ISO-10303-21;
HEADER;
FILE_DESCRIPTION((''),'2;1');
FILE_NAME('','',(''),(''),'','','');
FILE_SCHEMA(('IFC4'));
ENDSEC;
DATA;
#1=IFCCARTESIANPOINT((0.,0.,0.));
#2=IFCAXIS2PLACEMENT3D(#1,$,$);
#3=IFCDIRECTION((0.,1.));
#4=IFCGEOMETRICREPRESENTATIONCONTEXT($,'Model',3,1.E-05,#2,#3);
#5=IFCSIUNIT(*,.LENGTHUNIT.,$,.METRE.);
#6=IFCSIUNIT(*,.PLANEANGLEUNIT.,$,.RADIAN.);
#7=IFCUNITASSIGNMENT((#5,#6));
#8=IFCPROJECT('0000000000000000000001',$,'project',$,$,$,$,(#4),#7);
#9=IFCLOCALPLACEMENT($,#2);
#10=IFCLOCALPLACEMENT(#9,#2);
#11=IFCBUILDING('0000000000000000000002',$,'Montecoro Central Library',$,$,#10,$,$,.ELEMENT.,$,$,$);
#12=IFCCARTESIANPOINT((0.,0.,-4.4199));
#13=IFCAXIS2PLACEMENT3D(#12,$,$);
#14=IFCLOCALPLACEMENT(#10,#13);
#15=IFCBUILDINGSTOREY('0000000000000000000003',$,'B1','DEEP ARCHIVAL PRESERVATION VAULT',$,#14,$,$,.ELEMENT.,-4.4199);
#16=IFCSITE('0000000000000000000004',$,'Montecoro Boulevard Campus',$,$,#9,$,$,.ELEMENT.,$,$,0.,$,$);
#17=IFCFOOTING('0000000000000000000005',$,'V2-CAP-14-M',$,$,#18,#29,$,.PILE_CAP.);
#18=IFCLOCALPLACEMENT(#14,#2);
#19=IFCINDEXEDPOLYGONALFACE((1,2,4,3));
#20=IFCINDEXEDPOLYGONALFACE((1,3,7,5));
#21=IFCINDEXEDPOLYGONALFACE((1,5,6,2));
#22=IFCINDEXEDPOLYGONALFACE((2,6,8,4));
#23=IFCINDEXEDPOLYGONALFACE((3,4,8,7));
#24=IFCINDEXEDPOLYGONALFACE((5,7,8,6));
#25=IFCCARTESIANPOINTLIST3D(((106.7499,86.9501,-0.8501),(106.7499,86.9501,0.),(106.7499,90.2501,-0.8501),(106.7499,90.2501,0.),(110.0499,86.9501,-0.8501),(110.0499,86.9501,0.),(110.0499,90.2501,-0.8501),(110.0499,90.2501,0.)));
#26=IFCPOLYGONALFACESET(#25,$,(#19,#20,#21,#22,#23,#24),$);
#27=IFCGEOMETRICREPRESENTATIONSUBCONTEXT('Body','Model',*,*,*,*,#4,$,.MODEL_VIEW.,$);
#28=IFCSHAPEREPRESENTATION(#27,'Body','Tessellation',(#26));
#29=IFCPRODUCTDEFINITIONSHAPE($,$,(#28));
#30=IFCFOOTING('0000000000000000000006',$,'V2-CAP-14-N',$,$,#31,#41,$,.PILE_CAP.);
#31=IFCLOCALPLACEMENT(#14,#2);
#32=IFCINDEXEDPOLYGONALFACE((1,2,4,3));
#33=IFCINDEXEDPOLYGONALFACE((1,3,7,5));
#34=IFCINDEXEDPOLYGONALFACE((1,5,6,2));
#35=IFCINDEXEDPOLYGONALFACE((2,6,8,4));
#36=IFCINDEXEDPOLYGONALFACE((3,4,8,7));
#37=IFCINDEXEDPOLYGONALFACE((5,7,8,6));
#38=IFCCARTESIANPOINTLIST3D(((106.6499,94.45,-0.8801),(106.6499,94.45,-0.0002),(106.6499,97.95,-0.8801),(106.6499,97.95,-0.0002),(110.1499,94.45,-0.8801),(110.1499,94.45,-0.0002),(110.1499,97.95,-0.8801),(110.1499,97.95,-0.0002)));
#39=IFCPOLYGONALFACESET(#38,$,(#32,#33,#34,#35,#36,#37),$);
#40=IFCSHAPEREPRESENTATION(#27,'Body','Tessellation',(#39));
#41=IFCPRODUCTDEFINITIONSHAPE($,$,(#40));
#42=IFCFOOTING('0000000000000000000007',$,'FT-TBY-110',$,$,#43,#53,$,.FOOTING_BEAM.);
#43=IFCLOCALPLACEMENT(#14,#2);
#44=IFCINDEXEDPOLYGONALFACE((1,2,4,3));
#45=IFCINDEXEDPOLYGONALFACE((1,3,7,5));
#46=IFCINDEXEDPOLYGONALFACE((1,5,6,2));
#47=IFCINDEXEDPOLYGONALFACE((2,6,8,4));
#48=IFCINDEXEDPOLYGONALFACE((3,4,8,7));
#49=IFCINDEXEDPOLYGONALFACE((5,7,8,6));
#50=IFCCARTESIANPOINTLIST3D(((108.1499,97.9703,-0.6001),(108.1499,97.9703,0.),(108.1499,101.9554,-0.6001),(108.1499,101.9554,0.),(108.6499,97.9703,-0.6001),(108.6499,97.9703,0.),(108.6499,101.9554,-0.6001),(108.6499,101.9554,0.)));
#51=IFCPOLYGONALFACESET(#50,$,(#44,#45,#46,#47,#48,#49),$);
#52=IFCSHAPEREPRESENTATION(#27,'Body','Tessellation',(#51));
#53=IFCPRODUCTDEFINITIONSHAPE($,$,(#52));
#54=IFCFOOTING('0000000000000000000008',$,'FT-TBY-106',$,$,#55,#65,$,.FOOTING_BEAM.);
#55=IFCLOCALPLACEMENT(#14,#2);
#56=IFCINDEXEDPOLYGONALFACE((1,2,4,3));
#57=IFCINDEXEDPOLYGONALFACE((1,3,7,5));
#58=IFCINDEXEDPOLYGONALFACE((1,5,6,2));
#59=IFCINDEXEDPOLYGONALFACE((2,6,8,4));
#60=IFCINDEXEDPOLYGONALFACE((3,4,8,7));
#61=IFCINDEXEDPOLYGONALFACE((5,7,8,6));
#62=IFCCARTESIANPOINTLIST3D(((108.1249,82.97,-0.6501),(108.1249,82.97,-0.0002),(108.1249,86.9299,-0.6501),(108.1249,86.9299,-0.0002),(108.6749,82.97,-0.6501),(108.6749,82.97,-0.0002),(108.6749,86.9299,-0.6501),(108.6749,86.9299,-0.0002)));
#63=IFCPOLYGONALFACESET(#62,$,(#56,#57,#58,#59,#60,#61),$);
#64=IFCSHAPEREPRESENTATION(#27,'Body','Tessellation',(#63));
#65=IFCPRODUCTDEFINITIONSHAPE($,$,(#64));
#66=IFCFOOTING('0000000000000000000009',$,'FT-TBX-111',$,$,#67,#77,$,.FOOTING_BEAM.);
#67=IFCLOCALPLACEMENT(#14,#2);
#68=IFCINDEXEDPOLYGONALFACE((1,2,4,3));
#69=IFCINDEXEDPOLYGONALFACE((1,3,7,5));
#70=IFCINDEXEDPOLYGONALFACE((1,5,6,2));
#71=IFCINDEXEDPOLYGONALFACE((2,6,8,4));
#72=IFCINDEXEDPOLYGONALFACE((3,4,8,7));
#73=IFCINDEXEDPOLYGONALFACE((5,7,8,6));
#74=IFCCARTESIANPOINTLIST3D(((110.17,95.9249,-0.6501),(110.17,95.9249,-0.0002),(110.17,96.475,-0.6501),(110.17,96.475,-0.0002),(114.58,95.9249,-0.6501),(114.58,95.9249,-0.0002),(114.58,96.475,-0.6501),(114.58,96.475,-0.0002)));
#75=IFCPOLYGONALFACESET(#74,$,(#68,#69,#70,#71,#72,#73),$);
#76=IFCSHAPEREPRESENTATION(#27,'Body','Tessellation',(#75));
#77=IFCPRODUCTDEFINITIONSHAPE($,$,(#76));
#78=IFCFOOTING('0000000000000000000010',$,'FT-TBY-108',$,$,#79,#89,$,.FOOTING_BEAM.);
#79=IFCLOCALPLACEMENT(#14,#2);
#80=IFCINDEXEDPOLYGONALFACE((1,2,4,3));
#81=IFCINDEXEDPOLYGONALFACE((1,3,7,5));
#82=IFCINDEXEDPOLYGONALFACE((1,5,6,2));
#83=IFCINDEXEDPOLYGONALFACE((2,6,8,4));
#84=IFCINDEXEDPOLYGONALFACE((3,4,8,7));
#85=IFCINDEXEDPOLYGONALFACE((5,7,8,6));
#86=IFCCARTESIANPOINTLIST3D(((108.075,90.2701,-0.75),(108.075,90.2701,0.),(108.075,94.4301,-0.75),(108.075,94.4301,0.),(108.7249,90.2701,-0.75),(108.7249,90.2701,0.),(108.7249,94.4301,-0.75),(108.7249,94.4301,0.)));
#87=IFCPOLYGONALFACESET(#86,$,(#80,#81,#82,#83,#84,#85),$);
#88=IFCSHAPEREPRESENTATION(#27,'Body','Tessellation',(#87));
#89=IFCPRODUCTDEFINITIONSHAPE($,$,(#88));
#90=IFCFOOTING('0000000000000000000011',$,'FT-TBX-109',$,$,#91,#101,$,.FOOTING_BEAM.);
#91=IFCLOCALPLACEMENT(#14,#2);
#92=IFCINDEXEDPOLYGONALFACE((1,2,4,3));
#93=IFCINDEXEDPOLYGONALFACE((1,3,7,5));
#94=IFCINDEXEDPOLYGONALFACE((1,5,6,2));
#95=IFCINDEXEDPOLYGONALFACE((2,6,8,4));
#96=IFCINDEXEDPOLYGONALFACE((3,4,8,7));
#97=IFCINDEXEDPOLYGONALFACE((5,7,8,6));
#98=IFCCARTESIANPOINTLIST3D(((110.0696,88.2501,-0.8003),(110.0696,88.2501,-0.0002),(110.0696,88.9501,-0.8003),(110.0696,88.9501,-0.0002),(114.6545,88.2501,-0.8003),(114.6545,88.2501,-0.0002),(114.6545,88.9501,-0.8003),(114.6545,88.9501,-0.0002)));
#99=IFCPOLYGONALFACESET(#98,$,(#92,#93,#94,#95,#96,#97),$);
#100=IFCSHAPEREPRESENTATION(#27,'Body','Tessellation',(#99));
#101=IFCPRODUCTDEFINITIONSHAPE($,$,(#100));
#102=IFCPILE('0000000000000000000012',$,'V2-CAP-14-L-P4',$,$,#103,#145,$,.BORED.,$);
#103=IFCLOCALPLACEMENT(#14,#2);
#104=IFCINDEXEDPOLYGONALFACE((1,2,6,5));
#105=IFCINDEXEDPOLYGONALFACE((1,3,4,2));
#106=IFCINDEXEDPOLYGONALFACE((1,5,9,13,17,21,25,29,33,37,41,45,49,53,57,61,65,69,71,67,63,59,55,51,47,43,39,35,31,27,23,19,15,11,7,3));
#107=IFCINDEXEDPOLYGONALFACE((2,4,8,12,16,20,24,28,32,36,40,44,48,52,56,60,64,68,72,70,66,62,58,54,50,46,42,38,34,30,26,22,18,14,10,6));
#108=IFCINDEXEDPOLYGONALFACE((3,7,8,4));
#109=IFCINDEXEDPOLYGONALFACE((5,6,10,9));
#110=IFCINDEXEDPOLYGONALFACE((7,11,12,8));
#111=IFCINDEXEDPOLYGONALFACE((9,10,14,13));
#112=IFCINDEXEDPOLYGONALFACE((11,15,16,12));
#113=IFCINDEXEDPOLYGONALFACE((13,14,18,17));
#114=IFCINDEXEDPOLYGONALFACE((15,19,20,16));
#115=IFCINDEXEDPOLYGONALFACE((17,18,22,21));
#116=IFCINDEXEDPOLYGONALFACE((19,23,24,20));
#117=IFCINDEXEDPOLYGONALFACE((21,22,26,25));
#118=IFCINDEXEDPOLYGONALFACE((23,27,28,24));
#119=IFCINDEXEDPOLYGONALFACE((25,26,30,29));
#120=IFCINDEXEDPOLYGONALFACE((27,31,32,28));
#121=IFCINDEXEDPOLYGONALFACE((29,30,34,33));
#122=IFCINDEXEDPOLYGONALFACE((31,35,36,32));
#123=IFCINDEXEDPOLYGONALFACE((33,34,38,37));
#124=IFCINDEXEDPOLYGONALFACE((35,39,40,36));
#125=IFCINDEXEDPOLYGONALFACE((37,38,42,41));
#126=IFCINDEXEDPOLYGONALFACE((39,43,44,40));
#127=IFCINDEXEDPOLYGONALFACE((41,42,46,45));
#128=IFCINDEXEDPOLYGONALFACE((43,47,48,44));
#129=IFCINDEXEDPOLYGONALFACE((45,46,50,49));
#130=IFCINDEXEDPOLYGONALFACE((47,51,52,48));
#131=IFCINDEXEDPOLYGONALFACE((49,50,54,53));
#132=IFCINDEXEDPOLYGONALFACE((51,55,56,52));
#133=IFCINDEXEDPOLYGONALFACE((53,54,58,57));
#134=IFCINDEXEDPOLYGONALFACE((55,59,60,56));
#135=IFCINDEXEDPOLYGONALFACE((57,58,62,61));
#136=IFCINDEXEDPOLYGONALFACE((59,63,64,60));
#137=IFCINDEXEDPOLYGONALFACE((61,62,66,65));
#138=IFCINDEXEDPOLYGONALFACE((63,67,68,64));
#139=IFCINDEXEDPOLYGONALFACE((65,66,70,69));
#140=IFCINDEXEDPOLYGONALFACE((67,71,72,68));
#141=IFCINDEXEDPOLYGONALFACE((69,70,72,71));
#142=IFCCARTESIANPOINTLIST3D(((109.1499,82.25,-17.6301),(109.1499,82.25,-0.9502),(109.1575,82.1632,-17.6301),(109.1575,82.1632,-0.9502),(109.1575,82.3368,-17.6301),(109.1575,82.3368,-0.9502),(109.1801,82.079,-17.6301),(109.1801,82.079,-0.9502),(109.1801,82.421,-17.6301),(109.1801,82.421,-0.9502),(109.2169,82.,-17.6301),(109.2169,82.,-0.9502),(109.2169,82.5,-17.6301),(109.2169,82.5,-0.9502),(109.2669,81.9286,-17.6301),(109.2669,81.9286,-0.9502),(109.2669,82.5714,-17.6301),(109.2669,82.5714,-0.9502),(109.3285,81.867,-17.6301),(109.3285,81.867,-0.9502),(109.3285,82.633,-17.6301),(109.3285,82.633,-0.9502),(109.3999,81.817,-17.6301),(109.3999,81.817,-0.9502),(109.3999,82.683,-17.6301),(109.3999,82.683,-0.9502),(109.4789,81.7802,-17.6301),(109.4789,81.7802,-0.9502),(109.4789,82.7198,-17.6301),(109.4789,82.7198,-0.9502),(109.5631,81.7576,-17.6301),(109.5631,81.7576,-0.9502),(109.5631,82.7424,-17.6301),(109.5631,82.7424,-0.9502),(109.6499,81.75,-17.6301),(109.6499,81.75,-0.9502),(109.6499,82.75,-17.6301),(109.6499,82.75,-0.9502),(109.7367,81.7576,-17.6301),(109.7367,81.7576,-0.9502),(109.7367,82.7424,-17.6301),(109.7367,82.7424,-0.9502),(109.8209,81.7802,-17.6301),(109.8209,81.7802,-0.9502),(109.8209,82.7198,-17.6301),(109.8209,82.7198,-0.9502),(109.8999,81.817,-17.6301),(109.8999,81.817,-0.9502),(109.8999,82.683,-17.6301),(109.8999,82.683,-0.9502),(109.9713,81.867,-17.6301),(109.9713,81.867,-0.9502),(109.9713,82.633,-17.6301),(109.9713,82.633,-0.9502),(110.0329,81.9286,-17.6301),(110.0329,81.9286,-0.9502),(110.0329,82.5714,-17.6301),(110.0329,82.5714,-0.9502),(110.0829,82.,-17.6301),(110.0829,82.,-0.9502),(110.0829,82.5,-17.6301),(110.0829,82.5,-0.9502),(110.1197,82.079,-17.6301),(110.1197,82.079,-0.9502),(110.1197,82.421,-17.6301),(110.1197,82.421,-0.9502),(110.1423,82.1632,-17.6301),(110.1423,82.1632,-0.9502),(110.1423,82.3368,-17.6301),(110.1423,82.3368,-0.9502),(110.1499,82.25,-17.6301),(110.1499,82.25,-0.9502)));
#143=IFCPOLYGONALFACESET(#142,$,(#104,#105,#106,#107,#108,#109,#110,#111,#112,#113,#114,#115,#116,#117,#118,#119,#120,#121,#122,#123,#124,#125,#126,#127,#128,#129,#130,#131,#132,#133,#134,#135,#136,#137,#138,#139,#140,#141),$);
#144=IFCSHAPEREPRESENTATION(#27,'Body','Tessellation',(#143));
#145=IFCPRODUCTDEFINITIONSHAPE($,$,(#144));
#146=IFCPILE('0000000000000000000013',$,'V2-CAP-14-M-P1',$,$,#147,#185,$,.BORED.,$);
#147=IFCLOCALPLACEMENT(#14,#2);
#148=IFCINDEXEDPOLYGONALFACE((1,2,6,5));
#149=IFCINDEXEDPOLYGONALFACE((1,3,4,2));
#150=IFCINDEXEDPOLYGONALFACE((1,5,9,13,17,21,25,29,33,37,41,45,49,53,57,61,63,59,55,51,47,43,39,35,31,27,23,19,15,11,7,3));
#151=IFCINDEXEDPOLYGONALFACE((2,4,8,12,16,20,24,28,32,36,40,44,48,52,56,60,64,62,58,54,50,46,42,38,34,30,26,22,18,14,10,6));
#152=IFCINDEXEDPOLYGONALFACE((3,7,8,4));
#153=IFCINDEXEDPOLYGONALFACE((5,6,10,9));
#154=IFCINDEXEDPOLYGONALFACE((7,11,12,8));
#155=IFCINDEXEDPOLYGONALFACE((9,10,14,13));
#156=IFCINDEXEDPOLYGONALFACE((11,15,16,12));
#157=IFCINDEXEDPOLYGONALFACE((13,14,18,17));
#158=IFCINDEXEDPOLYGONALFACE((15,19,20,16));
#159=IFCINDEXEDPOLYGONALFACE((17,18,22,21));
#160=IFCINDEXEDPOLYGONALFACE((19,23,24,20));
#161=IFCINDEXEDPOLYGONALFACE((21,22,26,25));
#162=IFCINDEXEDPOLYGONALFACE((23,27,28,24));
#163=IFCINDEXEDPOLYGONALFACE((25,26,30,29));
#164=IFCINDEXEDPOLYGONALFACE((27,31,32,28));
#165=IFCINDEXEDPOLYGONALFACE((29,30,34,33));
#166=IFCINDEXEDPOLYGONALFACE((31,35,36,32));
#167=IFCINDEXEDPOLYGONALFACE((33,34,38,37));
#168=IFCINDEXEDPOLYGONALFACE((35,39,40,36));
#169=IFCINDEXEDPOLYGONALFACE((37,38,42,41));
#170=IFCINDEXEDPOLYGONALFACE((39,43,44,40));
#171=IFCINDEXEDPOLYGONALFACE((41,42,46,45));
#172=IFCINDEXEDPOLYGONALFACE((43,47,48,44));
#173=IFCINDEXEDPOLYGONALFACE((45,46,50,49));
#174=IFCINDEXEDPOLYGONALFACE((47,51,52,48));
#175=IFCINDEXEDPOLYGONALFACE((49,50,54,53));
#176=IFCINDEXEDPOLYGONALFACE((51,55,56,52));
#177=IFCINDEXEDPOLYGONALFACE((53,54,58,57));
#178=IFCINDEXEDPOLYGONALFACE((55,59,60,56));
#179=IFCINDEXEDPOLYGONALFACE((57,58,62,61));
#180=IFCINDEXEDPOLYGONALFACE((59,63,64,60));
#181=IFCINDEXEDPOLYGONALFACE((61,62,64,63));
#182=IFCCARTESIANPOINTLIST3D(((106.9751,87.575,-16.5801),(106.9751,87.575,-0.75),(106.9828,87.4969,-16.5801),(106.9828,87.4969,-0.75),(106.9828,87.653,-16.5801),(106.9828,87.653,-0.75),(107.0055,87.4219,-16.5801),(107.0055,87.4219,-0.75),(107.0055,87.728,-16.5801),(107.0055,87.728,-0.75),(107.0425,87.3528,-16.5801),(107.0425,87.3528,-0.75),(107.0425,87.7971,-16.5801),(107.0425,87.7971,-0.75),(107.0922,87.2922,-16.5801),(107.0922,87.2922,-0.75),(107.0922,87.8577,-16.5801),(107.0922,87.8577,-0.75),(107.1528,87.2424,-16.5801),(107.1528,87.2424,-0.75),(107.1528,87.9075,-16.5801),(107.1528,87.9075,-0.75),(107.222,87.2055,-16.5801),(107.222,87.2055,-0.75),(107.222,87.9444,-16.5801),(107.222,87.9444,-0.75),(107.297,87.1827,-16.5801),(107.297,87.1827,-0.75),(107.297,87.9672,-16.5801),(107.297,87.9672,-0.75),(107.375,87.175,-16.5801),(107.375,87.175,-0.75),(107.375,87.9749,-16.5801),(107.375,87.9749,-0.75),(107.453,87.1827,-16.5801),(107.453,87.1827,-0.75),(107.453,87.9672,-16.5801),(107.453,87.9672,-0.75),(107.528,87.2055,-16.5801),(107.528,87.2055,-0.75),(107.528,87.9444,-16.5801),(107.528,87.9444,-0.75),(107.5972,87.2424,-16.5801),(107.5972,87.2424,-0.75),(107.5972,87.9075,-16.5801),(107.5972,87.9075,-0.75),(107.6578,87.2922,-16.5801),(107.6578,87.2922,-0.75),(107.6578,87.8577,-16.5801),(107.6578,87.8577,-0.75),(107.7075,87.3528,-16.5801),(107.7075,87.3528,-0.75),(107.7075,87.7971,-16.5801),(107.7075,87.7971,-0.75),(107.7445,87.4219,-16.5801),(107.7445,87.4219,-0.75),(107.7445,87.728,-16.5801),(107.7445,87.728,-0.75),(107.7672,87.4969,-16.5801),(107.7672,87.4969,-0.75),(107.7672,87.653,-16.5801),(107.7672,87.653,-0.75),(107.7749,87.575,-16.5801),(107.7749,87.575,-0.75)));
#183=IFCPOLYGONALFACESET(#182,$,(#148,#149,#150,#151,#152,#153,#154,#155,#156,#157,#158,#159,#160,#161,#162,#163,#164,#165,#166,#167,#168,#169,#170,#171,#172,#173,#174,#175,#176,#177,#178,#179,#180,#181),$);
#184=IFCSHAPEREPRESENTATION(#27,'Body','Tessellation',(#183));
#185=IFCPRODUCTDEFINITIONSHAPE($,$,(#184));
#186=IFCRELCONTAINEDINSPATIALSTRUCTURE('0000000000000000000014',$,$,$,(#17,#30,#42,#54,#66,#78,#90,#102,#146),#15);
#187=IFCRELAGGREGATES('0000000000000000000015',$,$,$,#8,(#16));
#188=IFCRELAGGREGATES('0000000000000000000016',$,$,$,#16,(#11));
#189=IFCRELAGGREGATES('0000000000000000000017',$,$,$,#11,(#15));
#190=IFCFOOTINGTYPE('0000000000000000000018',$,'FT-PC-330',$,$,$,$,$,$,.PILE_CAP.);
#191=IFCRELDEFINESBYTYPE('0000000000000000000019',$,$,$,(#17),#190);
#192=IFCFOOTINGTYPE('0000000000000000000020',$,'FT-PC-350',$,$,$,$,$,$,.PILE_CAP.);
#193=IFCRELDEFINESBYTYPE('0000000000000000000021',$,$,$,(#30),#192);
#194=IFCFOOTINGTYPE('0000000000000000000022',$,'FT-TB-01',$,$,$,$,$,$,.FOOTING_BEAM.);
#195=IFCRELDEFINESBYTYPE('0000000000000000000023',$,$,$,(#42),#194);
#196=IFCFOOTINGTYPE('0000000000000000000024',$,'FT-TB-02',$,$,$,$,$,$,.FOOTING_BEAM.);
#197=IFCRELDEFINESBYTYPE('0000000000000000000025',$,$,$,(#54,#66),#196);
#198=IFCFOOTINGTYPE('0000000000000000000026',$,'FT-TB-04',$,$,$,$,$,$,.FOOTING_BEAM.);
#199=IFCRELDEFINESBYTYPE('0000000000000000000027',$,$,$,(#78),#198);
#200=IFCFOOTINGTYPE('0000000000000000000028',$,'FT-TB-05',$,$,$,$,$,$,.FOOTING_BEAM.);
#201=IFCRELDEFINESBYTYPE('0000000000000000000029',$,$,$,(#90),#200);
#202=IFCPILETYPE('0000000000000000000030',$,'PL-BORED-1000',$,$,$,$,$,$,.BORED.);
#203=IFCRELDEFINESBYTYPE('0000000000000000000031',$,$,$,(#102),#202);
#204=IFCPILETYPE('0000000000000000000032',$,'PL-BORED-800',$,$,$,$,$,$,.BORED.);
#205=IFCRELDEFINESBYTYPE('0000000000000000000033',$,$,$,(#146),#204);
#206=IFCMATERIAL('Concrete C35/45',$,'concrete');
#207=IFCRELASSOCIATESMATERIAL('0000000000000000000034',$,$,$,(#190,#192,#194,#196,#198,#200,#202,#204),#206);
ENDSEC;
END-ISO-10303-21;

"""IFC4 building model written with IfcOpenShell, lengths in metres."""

from ifc_helpers import new_model, si_unit, direction, frame, origin, origin_2d, place, context, subcontext, project, spatial, rectangle, circle, extrude, material, material_profile, profile_set, type_object, element, save


model = new_model("IFC4")

# Units and contexts
model_context = context("Model", 3, precision=1e-05, world=origin(), true_north=direction((0.0, 1.0)))
body_context = subcontext(model_context, "Body", "Model", "MODEL_VIEW")
ifc_project = project(units=[si_unit("LENGTHUNIT", "METRE"), si_unit("PLANEANGLEUNIT", "RADIAN")], contexts=[model_context])

# Site, building, storey
site_placement = place(None, origin())
site = spatial("IfcSite", under=ifc_project, at=site_placement, Name="Montecoro Boulevard Campus", CompositionType="ELEMENT", RefElevation=0.0)
building_placement = place(site_placement, origin())
building = spatial("IfcBuilding", under=site, at=building_placement, Name="Montecoro Central Library", CompositionType="ELEMENT")
storey_placement = place(building_placement, frame((0.0, 0.0, -4.4199)))
storey = spatial("IfcBuildingStorey", under=building, at=storey_placement, Name="B1", Description="DEEP ARCHIVAL PRESERVATION VAULT", CompositionType="ELEMENT", Elevation=-4.4199)

# Footings
ifc_material_1 = material(Name="Concrete C35/45", Category="concrete")
footing_type_1 = type_object("IfcFootingType", Name="FT-PC-330", PredefinedType="PILE_CAP", material=ifc_material_1)
footing_1_placement = place(storey_placement, frame((108.3999, 88.6001, -0.8501), z_axis=(0.0, 0.0, 1.0), x_axis=(1.0, 0.0, 0.0)))
element("IfcFooting", 1, at=footing_1_placement, inside=storey, type_object=footing_type_1, Name="V2-CAP-14-M", PredefinedType="PILE_CAP", context=body_context, shape_type="SweptSolid", body=[
    extrude(rectangle(XDim=3.3, YDim=3.3, at=origin_2d()), origin(), (0.0, 0.0, 1.0), 0.8501),
])
footing_type_2 = type_object("IfcFootingType", Name="FT-PC-350", PredefinedType="PILE_CAP", material=ifc_material_1)
footing_2_placement = place(storey_placement, frame((108.3999, 96.2, -0.8801), z_axis=(0.0, 0.0, 1.0), x_axis=(1.0, 0.0, 0.0)))
element("IfcFooting", 2, at=footing_2_placement, inside=storey, type_object=footing_type_2, Name="V2-CAP-14-N", PredefinedType="PILE_CAP", context=body_context, shape_type="SweptSolid", body=[
    extrude(rectangle(XDim=3.5, YDim=3.5, at=origin_2d()), origin(), (0.0, 0.0, 1.0), 0.8799),
])
footing_type_3 = type_object("IfcFootingType", Name="FT-TB-01", PredefinedType="FOOTING_BEAM", material=ifc_material_1)
footing_3_placement = place(storey_placement, frame((108.3999, 99.9629, -0.6001), z_axis=(0.0, 0.0, 1.0), x_axis=(1.0, 0.0, 0.0)))
element("IfcFooting", 3, at=footing_3_placement, inside=storey, type_object=footing_type_3, Name="FT-TBY-110", PredefinedType="FOOTING_BEAM", context=body_context, shape_type="SweptSolid", body=[
    extrude(rectangle(XDim=0.5, YDim=3.9851, at=origin_2d()), origin(), (0.0, 0.0, 1.0), 0.6001),
])
footing_type_4 = type_object("IfcFootingType", Name="FT-TB-02", PredefinedType="FOOTING_BEAM", material=ifc_material_1)
footing_4_placement = place(storey_placement, frame((108.3999, 84.95, -0.6501), z_axis=(0.0, 0.0, 1.0), x_axis=(1.0, 0.0, 0.0)))
element("IfcFooting", 4, at=footing_4_placement, inside=storey, type_object=footing_type_4, Name="FT-TBY-106", PredefinedType="FOOTING_BEAM", context=body_context, shape_type="SweptSolid", body=[
    extrude(rectangle(XDim=0.55, YDim=3.96, at=origin_2d()), origin(), (0.0, 0.0, 1.0), 0.6499),
])
footing_5_placement = place(storey_placement, frame((112.375, 96.2, -0.6501), z_axis=(0.0, 0.0, 1.0), x_axis=(1.0, 0.0, 0.0)))
element("IfcFooting", 5, at=footing_5_placement, inside=storey, type_object=footing_type_4, Name="FT-TBX-111", PredefinedType="FOOTING_BEAM", context=body_context, shape_type="SweptSolid", body=[
    extrude(rectangle(XDim=4.4099, YDim=0.55, at=origin_2d()), origin(), (0.0, 0.0, 1.0), 0.6499),
])
footing_type_5 = type_object("IfcFootingType", Name="FT-TB-04", PredefinedType="FOOTING_BEAM", material=ifc_material_1)
footing_6_placement = place(storey_placement, frame((108.3999, 92.3501, -0.75), z_axis=(0.0, 0.0, 1.0), x_axis=(1.0, 0.0, 0.0)))
element("IfcFooting", 6, at=footing_6_placement, inside=storey, type_object=footing_type_5, Name="FT-TBY-108", PredefinedType="FOOTING_BEAM", context=body_context, shape_type="SweptSolid", body=[
    extrude(rectangle(XDim=0.6499, YDim=4.1599, at=origin_2d()), origin(), (0.0, 0.0, 1.0), 0.75),
])
footing_type_6 = type_object("IfcFootingType", Name="FT-TB-05", PredefinedType="FOOTING_BEAM", material=ifc_material_1)
footing_7_placement = place(storey_placement, frame((112.3621, 88.6001, -0.8003), z_axis=(0.0, 0.0, 1.0), x_axis=(1.0, 0.0, 0.0)))
element("IfcFooting", 7, at=footing_7_placement, inside=storey, type_object=footing_type_6, Name="FT-TBX-109", PredefinedType="FOOTING_BEAM", context=body_context, shape_type="SweptSolid", body=[
    extrude(rectangle(XDim=4.585, YDim=0.7, at=origin_2d()), origin(), (0.0, 0.0, 1.0), 0.8),
])

# Piles
ifc_material_profile_1 = material_profile(ifc_material_1, circle(Radius=0.5, at=origin_2d()), Name="PILE D1000")
ifc_profile_set_1 = profile_set([ifc_material_profile_1], Name="Concrete C35/45")
pile_type_1 = type_object("IfcPileType", Name="PL-BORED-1000", PredefinedType="BORED", material=ifc_profile_set_1)
pile_placement = place(storey_placement, frame((109.6499, 82.25, -0.9502), z_axis=(0.0, 0.0, -1.0), x_axis=(1.0, 0.0, 0.0)))
element("IfcPile", 8, at=pile_placement, inside=storey, type_object=pile_type_1, Name="V2-CAP-14-L-P4", PredefinedType="BORED", context=body_context, shape_type="SweptSolid", body=[
    extrude(circle(Radius=0.5, at=origin_2d()), origin(), (0.0, 0.0, 1.0), 16.6799),
])
ifc_material_profile_2 = material_profile(ifc_material_1, circle(Radius=0.3999, at=origin_2d()), Name="PILE D800")
ifc_profile_set_2 = profile_set([ifc_material_profile_2], Name="Concrete C35/45")
pile_type_2 = type_object("IfcPileType", Name="PL-BORED-800", PredefinedType="BORED", material=ifc_profile_set_2)
for number, where, z_axis, x_axis, name in (
    (9, (107.375, 87.575, -0.75), (0.0, 0.0, -1.0), (1.0, 0.0, 0.0), "V2-CAP-14-M-P1"),
):
    element("IfcPile", number, at=place(storey_placement, frame(where, z_axis=z_axis, x_axis=x_axis)), inside=storey, type_object=pile_type_2, Name=name, PredefinedType="BORED", context=body_context, shape_type="SweptSolid", body=[
        extrude(circle(Radius=0.3999, at=origin_2d()), origin(), (0.0, 0.0, 1.0), 15.8301),
    ])

save(model, "model.ifc")
